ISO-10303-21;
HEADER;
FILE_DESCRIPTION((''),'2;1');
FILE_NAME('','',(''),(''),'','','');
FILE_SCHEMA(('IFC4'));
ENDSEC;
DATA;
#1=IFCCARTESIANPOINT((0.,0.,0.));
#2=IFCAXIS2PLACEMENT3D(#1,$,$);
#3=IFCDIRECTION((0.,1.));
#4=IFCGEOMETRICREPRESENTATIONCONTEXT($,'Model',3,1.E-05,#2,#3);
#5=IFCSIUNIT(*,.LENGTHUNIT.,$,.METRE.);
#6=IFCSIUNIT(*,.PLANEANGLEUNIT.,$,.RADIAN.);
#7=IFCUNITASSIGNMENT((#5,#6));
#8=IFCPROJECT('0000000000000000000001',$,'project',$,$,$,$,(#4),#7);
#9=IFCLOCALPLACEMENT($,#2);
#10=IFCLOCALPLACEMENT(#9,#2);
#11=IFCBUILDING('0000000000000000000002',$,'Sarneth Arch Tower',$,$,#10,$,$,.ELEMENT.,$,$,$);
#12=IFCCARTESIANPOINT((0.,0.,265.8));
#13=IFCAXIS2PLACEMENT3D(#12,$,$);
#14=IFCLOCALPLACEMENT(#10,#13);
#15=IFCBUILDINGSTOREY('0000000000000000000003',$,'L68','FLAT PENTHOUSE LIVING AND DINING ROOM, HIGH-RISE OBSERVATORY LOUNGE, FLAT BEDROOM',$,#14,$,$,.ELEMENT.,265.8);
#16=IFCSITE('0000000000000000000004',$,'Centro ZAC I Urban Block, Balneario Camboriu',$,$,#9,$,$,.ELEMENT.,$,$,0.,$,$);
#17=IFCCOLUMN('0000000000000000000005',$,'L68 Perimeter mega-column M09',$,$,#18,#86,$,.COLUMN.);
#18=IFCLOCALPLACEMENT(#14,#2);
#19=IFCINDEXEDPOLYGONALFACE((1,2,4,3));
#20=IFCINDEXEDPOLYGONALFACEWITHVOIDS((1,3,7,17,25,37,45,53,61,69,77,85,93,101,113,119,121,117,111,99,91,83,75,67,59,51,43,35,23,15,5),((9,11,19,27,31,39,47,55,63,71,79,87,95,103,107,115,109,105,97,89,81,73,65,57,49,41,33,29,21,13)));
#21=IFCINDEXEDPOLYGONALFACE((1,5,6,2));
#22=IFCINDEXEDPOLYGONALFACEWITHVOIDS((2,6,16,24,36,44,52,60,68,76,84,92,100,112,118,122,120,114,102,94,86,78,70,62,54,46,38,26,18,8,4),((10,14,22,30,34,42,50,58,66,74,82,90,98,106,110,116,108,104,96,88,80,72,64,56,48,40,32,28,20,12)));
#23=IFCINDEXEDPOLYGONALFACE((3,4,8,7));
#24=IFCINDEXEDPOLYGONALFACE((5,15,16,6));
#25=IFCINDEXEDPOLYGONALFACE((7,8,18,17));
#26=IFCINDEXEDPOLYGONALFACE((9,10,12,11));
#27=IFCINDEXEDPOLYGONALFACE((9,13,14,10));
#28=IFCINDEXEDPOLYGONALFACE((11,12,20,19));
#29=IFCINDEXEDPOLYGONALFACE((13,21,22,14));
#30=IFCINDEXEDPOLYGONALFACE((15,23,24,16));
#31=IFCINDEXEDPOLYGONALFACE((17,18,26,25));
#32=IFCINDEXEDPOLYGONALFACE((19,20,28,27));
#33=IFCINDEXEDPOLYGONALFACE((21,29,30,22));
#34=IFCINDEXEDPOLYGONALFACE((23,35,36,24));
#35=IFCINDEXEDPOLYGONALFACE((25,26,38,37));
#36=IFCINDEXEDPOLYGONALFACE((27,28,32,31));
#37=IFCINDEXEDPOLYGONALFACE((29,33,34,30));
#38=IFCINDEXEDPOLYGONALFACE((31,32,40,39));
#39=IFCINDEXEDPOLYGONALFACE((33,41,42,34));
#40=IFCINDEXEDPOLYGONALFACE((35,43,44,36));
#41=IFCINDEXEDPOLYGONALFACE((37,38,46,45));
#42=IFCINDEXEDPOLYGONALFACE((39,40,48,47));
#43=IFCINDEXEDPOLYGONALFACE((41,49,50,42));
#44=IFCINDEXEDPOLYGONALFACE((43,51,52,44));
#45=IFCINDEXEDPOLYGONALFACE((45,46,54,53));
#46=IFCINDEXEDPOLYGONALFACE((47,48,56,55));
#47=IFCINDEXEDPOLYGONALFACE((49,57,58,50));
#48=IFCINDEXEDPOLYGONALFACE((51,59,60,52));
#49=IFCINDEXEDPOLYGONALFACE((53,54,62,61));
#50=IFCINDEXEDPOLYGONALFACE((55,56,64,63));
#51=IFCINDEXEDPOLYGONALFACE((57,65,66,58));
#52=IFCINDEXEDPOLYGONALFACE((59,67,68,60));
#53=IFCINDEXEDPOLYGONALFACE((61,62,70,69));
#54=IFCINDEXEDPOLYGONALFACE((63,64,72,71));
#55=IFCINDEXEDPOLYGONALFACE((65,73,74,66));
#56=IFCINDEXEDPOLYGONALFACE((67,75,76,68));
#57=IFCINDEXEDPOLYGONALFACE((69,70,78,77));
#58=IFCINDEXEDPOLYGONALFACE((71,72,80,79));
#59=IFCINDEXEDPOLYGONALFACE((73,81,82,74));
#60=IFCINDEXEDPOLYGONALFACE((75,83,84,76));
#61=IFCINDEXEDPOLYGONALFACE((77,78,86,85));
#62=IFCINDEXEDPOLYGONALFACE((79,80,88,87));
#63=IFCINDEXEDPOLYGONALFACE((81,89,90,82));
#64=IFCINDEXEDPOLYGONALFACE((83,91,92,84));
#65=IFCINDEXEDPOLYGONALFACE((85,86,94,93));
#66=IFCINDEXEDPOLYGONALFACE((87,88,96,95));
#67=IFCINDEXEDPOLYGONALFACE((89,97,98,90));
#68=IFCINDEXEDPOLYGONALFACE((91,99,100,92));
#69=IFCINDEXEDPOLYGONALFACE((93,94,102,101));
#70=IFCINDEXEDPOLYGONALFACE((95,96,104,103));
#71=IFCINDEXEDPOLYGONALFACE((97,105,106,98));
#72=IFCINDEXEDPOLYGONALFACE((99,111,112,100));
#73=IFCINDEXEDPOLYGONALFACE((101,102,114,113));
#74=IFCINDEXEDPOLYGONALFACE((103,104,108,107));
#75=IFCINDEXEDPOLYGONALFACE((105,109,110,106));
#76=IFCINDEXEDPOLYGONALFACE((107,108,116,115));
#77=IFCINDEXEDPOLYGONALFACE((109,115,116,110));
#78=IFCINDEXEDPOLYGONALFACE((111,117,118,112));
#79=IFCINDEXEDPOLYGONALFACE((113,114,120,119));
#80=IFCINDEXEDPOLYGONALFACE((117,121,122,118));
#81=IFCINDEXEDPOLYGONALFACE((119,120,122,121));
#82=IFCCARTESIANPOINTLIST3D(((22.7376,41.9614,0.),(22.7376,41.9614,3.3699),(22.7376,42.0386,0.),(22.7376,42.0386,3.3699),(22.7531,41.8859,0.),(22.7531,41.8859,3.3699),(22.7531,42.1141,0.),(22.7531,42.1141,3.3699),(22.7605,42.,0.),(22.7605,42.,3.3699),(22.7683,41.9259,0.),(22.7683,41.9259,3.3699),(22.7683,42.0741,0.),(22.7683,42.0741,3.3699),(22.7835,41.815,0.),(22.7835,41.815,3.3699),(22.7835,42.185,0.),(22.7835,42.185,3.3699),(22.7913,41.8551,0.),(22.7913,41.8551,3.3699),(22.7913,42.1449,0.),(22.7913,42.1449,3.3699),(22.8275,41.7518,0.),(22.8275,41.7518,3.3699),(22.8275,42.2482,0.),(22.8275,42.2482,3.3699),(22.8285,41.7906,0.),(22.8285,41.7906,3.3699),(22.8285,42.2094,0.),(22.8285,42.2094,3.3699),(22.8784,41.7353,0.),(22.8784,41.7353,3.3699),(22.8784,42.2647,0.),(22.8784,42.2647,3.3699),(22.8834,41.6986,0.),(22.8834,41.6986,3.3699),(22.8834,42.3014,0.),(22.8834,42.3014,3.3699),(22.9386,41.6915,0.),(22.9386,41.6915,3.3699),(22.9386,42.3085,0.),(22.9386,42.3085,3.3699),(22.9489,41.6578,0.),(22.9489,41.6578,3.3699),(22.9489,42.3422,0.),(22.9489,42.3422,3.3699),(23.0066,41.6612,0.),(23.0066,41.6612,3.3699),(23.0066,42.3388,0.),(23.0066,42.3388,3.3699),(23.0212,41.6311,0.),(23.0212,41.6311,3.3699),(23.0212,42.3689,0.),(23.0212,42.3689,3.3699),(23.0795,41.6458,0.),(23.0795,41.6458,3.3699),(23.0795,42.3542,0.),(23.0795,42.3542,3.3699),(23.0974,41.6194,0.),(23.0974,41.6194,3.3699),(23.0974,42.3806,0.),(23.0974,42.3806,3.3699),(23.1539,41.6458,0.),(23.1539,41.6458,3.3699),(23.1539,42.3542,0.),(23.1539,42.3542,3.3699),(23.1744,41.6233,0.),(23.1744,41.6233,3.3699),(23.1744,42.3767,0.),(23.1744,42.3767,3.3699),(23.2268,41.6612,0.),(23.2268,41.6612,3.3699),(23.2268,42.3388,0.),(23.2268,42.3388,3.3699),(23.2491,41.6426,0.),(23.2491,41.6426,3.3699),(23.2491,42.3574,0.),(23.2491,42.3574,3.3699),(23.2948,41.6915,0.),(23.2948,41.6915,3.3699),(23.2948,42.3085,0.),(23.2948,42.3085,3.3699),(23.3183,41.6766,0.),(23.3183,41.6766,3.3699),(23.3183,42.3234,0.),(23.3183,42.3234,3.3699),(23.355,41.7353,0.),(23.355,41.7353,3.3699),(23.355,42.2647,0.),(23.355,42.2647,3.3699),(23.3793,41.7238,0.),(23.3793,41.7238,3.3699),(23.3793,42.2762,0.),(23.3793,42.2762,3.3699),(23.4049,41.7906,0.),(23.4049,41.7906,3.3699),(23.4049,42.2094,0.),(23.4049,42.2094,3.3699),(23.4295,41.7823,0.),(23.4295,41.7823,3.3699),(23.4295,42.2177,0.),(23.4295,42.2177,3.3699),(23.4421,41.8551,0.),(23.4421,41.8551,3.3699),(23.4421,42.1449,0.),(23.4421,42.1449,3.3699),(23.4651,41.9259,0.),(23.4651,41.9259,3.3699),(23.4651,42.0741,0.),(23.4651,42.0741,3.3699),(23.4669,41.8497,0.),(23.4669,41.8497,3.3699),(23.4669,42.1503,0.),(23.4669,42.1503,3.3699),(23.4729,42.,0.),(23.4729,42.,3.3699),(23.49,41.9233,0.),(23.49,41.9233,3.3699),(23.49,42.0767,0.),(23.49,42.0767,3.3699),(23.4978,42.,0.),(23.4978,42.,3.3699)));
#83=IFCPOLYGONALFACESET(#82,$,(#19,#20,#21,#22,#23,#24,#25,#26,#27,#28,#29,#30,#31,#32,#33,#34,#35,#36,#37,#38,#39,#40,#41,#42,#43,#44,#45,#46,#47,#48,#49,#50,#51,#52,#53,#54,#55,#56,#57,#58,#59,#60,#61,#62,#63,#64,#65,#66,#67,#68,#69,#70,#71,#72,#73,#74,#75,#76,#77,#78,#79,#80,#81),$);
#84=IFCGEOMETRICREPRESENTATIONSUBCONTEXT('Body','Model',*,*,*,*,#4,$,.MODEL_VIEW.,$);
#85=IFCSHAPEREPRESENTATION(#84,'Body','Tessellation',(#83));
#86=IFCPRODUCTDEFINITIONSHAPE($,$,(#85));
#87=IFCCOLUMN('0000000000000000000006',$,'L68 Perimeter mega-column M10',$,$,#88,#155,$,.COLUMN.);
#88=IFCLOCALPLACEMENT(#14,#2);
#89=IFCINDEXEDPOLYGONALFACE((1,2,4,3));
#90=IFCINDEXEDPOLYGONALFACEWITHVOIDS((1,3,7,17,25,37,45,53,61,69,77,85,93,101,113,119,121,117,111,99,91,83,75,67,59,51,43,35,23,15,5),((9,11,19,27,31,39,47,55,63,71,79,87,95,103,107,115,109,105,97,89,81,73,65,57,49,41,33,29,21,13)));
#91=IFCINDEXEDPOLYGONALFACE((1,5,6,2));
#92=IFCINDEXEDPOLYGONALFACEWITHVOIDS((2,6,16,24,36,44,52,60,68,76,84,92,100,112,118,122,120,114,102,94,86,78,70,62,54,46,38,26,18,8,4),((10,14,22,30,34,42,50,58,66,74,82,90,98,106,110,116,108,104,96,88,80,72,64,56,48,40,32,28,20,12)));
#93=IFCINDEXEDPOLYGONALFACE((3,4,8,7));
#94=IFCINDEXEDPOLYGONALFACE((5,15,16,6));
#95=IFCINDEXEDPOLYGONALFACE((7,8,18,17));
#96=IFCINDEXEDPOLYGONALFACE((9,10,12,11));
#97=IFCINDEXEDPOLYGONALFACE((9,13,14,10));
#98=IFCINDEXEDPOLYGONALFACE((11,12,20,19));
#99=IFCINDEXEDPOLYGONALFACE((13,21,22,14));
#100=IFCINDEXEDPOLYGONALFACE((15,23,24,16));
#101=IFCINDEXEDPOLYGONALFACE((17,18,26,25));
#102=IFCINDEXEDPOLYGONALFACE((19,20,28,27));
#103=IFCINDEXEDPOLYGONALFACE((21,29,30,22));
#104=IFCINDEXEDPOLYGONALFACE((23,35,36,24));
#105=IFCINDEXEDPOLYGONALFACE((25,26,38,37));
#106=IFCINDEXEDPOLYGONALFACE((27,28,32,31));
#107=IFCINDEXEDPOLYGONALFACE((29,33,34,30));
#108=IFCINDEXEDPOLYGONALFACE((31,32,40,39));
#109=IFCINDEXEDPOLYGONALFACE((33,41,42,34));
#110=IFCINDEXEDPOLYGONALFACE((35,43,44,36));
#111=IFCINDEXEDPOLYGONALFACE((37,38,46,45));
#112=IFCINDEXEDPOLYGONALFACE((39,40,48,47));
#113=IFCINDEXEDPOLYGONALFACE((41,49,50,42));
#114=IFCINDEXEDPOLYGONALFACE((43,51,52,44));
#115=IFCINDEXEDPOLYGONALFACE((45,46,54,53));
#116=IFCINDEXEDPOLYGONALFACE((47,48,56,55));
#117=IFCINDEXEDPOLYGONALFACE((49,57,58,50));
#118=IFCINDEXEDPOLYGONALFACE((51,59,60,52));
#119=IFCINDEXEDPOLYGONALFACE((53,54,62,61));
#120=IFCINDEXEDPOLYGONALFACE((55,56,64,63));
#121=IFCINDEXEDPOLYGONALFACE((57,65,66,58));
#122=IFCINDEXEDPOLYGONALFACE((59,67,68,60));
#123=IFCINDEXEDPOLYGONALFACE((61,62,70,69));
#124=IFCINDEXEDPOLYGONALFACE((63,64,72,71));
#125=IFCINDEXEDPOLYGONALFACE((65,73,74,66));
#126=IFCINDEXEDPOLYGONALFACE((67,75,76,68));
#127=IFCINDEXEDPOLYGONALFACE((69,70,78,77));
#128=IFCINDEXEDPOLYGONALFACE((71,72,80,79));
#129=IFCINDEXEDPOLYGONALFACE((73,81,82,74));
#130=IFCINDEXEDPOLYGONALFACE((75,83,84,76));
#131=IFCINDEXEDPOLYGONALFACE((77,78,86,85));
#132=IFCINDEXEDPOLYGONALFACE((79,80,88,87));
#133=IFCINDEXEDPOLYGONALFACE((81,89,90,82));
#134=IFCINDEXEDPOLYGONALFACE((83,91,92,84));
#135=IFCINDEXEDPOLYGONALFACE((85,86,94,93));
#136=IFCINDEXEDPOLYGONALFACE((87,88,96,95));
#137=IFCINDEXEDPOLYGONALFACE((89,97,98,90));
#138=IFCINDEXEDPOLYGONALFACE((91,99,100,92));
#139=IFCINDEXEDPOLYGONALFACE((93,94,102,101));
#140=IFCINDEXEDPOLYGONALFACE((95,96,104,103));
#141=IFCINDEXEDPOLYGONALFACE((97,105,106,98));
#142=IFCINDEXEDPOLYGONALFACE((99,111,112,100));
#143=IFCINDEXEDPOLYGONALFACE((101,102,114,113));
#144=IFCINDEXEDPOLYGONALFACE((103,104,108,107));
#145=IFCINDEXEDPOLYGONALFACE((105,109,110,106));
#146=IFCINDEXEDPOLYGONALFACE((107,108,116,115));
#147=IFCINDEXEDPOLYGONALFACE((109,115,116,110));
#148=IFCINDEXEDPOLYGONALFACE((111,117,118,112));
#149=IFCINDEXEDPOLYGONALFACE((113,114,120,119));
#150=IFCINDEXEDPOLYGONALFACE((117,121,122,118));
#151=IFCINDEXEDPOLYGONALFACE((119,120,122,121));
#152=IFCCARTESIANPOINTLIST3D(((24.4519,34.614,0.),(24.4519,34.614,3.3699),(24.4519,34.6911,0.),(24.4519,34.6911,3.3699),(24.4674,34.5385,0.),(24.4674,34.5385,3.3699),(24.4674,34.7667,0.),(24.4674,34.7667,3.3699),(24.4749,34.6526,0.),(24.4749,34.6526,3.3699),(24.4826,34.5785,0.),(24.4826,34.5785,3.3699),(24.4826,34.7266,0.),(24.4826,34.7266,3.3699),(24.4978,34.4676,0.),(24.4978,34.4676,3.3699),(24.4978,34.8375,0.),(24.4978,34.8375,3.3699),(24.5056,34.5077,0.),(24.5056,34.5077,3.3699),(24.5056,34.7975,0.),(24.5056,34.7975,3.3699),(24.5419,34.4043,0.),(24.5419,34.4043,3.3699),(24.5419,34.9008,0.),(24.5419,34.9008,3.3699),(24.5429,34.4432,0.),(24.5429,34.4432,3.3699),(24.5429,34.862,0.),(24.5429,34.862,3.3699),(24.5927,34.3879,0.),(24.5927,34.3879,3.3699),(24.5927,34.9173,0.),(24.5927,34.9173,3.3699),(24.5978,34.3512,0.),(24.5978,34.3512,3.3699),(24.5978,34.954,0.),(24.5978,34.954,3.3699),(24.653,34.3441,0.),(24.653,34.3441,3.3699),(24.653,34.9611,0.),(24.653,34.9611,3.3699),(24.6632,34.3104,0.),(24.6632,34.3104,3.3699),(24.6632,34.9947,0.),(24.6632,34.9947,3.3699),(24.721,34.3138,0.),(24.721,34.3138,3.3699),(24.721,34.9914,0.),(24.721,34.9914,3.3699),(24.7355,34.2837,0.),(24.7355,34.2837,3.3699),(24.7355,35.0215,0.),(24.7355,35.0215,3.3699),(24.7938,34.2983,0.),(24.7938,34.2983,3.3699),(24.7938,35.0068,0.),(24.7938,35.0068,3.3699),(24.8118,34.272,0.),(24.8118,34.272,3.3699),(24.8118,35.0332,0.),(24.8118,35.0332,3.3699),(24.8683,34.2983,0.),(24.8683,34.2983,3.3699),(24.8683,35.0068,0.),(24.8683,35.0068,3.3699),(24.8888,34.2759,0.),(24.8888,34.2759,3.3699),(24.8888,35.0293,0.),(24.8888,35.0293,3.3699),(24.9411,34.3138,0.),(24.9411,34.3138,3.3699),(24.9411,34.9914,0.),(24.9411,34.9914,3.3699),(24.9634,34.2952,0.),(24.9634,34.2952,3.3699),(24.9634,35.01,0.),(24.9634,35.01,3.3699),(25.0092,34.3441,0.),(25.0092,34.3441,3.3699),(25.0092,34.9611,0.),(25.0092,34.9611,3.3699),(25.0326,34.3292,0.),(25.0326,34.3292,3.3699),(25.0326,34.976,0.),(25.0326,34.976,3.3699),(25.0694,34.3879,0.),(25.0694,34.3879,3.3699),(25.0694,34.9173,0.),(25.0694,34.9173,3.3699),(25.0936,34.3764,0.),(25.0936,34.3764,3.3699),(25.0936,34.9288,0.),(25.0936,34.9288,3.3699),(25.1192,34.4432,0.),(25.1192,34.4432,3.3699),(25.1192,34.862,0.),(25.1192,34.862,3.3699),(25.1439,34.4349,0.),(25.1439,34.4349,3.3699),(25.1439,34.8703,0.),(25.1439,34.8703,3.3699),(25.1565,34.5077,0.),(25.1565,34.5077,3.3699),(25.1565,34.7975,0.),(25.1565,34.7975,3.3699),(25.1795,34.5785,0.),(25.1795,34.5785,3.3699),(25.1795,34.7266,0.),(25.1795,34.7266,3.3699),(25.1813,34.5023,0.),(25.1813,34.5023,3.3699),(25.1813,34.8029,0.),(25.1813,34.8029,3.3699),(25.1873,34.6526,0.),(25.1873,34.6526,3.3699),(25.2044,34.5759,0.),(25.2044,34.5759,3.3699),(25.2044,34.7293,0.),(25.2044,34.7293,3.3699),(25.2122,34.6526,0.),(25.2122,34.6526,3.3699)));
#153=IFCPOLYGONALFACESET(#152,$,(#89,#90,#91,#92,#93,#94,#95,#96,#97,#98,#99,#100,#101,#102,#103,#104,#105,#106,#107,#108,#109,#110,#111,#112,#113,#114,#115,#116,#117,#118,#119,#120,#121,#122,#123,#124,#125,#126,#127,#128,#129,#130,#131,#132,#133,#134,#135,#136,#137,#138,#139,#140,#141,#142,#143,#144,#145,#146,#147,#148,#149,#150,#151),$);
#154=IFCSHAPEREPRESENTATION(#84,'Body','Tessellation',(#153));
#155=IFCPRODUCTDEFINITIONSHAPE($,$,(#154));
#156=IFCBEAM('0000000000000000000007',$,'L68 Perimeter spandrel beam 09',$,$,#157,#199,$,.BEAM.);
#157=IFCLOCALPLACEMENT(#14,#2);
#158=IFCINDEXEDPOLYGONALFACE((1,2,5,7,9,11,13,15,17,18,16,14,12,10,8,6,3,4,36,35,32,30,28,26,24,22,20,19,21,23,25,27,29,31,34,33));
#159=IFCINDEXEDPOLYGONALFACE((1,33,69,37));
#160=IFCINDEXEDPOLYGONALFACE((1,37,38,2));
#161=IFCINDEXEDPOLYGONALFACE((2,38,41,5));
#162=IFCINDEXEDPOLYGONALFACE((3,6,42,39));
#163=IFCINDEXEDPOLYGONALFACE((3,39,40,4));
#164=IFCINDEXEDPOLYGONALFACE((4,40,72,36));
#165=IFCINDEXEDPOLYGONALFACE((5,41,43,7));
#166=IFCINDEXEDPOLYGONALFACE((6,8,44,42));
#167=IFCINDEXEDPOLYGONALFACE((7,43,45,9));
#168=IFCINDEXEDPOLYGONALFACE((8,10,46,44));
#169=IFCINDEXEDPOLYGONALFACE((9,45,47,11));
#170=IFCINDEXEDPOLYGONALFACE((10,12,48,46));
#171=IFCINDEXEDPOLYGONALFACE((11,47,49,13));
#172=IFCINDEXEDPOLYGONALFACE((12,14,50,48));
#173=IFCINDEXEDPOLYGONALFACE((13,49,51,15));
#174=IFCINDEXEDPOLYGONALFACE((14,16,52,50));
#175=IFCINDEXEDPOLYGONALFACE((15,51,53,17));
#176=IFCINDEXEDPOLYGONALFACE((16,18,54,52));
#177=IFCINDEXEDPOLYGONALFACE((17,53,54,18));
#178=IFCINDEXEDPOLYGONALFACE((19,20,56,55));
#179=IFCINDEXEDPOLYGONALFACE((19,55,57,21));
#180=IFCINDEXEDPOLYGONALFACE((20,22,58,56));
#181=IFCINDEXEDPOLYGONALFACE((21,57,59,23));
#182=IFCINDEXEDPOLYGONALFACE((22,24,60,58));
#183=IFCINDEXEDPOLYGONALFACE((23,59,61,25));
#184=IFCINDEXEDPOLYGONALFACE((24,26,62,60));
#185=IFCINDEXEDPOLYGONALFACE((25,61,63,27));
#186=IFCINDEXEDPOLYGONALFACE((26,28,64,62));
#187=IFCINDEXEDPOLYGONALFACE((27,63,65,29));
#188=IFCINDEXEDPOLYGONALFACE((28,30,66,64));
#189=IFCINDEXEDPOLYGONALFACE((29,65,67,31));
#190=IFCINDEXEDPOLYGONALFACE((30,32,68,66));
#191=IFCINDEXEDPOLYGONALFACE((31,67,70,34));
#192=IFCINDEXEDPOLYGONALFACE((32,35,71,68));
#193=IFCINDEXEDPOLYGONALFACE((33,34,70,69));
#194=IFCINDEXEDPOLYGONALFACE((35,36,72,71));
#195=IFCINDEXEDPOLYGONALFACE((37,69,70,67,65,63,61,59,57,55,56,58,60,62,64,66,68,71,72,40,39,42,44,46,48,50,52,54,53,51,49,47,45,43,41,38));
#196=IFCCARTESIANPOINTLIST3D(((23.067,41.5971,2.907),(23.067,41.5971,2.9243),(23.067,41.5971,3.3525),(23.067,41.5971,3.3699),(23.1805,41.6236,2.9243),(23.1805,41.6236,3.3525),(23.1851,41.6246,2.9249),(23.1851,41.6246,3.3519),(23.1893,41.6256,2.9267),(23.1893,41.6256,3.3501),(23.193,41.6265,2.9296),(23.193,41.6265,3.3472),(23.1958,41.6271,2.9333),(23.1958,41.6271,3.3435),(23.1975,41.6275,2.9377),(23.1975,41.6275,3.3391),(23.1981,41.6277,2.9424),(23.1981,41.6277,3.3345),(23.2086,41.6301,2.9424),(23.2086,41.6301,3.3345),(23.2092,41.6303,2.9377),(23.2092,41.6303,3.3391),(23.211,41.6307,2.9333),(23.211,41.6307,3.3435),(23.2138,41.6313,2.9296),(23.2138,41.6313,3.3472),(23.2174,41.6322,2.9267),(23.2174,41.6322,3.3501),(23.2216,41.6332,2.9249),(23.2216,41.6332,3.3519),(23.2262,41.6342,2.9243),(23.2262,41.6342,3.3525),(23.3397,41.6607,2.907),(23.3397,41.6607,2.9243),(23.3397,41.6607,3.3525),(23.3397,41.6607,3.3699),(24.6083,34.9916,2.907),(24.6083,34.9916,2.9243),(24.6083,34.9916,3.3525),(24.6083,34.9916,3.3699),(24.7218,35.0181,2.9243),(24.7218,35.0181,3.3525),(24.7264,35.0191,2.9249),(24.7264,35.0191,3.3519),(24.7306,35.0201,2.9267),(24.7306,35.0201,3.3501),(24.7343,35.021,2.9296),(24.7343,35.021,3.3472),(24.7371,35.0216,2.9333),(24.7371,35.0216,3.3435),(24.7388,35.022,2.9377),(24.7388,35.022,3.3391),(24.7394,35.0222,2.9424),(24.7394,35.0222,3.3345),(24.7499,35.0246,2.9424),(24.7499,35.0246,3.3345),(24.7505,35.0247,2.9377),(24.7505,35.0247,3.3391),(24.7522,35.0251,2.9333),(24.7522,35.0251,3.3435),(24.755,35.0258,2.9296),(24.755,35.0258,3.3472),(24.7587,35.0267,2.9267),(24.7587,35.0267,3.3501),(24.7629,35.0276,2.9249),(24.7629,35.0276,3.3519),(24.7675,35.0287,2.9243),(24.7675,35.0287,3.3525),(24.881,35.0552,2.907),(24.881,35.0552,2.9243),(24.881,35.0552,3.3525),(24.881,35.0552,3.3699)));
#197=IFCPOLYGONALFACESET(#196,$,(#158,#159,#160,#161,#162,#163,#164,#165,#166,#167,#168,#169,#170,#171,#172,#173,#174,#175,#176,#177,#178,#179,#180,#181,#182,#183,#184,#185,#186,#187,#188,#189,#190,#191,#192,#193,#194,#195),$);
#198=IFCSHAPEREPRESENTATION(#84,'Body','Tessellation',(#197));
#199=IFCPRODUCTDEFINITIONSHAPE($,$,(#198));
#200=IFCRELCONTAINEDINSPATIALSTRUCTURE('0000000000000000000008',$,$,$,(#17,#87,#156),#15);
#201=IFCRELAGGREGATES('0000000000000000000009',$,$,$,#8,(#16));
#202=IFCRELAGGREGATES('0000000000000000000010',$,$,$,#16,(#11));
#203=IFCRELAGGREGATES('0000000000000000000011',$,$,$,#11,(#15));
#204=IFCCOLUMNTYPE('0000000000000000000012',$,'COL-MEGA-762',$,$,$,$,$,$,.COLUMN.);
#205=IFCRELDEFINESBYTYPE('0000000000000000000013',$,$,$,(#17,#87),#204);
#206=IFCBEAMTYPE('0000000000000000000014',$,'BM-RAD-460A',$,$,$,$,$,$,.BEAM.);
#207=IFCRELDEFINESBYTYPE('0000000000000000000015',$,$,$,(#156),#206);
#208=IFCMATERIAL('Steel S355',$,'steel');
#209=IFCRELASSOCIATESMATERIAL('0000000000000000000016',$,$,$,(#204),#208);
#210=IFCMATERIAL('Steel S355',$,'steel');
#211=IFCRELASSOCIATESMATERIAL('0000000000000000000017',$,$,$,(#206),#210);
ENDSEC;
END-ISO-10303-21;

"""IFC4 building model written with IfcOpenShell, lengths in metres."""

from ifc_helpers import new_model, si_unit, direction, frame, origin, origin_2d, place, context, subcontext, project, spatial, hollow_circle, i_section, extrude, material, material_profile, profile_set, type_object, element, save


model = new_model("IFC4")

# Units and contexts
model_context = context("Model", 3, precision=1e-05, world=origin(), true_north=direction((0.0, 1.0)))
body_context = subcontext(model_context, "Body", "Model", "MODEL_VIEW")
ifc_project = project(units=[si_unit("LENGTHUNIT", "METRE"), si_unit("PLANEANGLEUNIT", "RADIAN")], contexts=[model_context])

# Site, building, storey
site_placement = place(None, origin())
site = spatial("IfcSite", under=ifc_project, at=site_placement, Name="Centro ZAC I Urban Block, Balneario Camboriu", CompositionType="ELEMENT", RefElevation=0.0)
building_placement = place(site_placement, origin())
building = spatial("IfcBuilding", under=site, at=building_placement, Name="Sarneth Arch Tower", CompositionType="ELEMENT")
storey_placement = place(building_placement, frame((0.0, 0.0, 265.8)))
storey = spatial("IfcBuildingStorey", under=building, at=storey_placement, Name="L68", Description="FLAT PENTHOUSE LIVING AND DINING ROOM, HIGH-RISE OBSERVATORY LOUNGE, FLAT BEDROOM", CompositionType="ELEMENT", Elevation=265.8)

# Columns
ifc_material_1 = material(Name="Steel S355", Category="steel")
ifc_material_profile_1 = material_profile(ifc_material_1, hollow_circle(Radius=0.3811, WallThickness=0.0249, at=origin_2d()), Name="CHS762x25")
ifc_profile_set_1 = profile_set([ifc_material_profile_1], Name="Steel S355")
column_type = type_object("IfcColumnType", Name="COL-MEGA-762", PredefinedType="COLUMN", material=ifc_profile_set_1)
for number, where, z_axis, x_axis, name in (
    (1, (23.1167, 42.0, 0.0), (0.0, 0.0, 1.0), (1.0, 0.0, 0.0), "L68 Perimeter mega-column M09"),
    (2, (24.8311, 34.6526, 0.0), (0.0, 0.0, 1.0), (1.0, 0.0, 0.0), "L68 Perimeter mega-column M10"),
):
    element("IfcColumn", number, at=place(storey_placement, frame(where, z_axis=z_axis, x_axis=x_axis)), inside=storey, type_object=column_type, Name=name, PredefinedType="COLUMN", context=body_context, shape_type="SweptSolid", body=[
        extrude(hollow_circle(Radius=0.3811, WallThickness=0.0249, at=origin_2d()), origin(), (0.0, 0.0, 1.0), 3.3699),
    ])

# Beam
ifc_material_2 = material(Name="Steel S355", Category="steel")
ifc_material_profile_2 = material_profile(ifc_material_2, i_section(OverallWidth=0.28, OverallDepth=0.4629, WebThickness=0.0107, FlangeThickness=0.0173, FilletRadius=0.0181, at=origin_2d()), Name="W460x113")
ifc_profile_set_2 = profile_set([ifc_material_profile_2], Name="Steel S355")
beam_type = type_object("IfcBeamType", Name="BM-RAD-460A", PredefinedType="BEAM", material=ifc_profile_set_2)
beam_1_placement = place(storey_placement, frame((23.2034, 41.6289, 3.1384), z_axis=(0.227227, -0.973842, 0.0), x_axis=(0.973842, 0.227227, 0.0)))
element("IfcBeam", 3, at=beam_1_placement, inside=storey, type_object=beam_type, Name="L68 Perimeter spandrel beam 09", PredefinedType="BEAM", context=body_context, shape_type="SweptSolid", body=[
    extrude(i_section(OverallWidth=0.28, OverallDepth=0.4629, WebThickness=0.0107, FlangeThickness=0.0173, FilletRadius=0.0181, at=origin_2d()), origin(), (0.0, 0.0, 1.0), 6.783),
])

save(model, "model.ifc")
